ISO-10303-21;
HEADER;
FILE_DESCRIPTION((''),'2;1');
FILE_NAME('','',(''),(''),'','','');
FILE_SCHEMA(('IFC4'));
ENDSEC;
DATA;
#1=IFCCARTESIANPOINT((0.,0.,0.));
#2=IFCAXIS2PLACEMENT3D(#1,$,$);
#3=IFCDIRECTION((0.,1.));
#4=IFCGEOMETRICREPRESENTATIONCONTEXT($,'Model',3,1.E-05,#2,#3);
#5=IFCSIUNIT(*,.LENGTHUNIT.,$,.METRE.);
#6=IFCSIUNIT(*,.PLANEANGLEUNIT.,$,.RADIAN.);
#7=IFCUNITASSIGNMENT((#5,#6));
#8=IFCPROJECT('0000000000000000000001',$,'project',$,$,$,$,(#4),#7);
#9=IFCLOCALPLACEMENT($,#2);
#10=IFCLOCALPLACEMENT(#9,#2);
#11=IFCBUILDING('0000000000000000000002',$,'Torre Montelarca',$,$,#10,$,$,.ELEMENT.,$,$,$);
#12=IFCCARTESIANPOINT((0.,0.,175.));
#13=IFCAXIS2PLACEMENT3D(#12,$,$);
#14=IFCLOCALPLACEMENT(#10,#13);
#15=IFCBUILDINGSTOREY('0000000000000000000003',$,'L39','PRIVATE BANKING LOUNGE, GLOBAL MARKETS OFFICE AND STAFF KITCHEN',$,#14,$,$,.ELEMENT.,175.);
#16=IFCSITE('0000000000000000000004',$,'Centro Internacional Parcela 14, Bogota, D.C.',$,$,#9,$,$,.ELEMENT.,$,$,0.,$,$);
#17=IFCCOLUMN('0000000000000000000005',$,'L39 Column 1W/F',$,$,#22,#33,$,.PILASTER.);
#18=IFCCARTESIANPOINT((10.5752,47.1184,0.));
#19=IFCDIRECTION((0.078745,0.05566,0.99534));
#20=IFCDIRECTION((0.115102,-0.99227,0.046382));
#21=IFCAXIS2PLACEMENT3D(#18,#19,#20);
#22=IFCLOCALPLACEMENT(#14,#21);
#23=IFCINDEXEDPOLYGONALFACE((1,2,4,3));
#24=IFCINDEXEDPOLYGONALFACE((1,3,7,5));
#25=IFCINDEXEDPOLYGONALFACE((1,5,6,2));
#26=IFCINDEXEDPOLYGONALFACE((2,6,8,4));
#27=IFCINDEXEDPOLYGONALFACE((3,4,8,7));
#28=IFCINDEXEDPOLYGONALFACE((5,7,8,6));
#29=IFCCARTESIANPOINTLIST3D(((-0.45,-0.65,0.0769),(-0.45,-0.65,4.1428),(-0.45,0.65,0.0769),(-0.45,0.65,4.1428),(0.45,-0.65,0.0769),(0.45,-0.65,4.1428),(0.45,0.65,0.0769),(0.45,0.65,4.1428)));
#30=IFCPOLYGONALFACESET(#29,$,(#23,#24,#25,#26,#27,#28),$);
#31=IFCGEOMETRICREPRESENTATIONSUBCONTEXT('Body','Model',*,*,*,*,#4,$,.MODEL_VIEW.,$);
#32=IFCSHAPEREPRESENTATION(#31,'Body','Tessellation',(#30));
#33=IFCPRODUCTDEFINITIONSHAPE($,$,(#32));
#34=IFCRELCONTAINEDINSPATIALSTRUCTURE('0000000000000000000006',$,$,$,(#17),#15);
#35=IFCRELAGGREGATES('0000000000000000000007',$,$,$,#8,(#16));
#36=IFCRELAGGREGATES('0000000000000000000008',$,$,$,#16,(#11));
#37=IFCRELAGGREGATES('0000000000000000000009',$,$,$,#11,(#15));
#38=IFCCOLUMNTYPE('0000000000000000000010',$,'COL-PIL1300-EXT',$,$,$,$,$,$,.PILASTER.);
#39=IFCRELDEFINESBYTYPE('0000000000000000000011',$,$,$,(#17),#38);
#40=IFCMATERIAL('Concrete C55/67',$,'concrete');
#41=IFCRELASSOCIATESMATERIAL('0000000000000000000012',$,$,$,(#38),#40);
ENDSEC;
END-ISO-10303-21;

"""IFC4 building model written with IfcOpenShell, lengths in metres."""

from ifc_helpers import new_model, si_unit, direction, frame, origin, origin_2d, place, context, subcontext, project, spatial, rectangle, extrude, clip, halfspace, material, material_profile, profile_set, type_object, element, save


model = new_model("IFC4")

# Units and contexts
model_context = context("Model", 3, precision=1e-05, world=origin(), true_north=direction((0.0, 1.0)))
body_context = subcontext(model_context, "Body", "Model", "MODEL_VIEW")
ifc_project = project(units=[si_unit("LENGTHUNIT", "METRE"), si_unit("PLANEANGLEUNIT", "RADIAN")], contexts=[model_context])

# Site, building, storey
site_placement = place(None, origin())
site = spatial("IfcSite", under=ifc_project, at=site_placement, Name="Centro Internacional Parcela 14, Bogota, D.C.", CompositionType="ELEMENT", RefElevation=0.0)
building_placement = place(site_placement, origin())
building = spatial("IfcBuilding", under=site, at=building_placement, Name="Torre Montelarca", CompositionType="ELEMENT")
storey_placement = place(building_placement, frame((0.0, 0.0, 175.0)))
storey = spatial("IfcBuildingStorey", under=building, at=storey_placement, Name="L39", Description="PRIVATE BANKING LOUNGE, GLOBAL MARKETS OFFICE AND STAFF KITCHEN", CompositionType="ELEMENT", Elevation=175.0)

# Column
ifc_material_1 = material(Name="Concrete C55/67", Category="concrete")
ifc_material_profile_1 = material_profile(ifc_material_1, rectangle(XDim=0.8999, YDim=1.3, at=origin_2d()), Name="RC1300X900", Category="concrete")
ifc_profile_set_1 = profile_set([ifc_material_profile_1], Name="Concrete C55/67")
column_type_1 = type_object("IfcColumnType", Name="COL-PIL1300-EXT", PredefinedType="PILASTER", material=ifc_profile_set_1)
column_1_placement = place(storey_placement, frame((10.5752, 47.1184, 0.0), z_axis=(0.078745, 0.05566, 0.99534), x_axis=(0.115102, -0.99227, 0.046382)))
element("IfcColumn", 1, at=column_1_placement, inside=storey, type_object=column_type_1, Name="L39 Column 1W/F", PredefinedType="PILASTER", context=body_context, shape_type="Clipping", body=[
    clip(clip(extrude(rectangle(XDim=0.8999, YDim=1.3, at=origin_2d()), origin(), (0.0, 0.0, 1.0), 4.2197), halfspace(frame((0.0, 0.0, 0.0769), z_axis=(0.0, 0.0, -1.0), x_axis=(1.0, 0.0, 0.0)), False)), halfspace(frame((0.0, 0.0, 4.1428), z_axis=(0.0, 0.0, 1.0), x_axis=(1.0, 0.0, 0.0)), False)),
])

save(model, "model.ifc")
